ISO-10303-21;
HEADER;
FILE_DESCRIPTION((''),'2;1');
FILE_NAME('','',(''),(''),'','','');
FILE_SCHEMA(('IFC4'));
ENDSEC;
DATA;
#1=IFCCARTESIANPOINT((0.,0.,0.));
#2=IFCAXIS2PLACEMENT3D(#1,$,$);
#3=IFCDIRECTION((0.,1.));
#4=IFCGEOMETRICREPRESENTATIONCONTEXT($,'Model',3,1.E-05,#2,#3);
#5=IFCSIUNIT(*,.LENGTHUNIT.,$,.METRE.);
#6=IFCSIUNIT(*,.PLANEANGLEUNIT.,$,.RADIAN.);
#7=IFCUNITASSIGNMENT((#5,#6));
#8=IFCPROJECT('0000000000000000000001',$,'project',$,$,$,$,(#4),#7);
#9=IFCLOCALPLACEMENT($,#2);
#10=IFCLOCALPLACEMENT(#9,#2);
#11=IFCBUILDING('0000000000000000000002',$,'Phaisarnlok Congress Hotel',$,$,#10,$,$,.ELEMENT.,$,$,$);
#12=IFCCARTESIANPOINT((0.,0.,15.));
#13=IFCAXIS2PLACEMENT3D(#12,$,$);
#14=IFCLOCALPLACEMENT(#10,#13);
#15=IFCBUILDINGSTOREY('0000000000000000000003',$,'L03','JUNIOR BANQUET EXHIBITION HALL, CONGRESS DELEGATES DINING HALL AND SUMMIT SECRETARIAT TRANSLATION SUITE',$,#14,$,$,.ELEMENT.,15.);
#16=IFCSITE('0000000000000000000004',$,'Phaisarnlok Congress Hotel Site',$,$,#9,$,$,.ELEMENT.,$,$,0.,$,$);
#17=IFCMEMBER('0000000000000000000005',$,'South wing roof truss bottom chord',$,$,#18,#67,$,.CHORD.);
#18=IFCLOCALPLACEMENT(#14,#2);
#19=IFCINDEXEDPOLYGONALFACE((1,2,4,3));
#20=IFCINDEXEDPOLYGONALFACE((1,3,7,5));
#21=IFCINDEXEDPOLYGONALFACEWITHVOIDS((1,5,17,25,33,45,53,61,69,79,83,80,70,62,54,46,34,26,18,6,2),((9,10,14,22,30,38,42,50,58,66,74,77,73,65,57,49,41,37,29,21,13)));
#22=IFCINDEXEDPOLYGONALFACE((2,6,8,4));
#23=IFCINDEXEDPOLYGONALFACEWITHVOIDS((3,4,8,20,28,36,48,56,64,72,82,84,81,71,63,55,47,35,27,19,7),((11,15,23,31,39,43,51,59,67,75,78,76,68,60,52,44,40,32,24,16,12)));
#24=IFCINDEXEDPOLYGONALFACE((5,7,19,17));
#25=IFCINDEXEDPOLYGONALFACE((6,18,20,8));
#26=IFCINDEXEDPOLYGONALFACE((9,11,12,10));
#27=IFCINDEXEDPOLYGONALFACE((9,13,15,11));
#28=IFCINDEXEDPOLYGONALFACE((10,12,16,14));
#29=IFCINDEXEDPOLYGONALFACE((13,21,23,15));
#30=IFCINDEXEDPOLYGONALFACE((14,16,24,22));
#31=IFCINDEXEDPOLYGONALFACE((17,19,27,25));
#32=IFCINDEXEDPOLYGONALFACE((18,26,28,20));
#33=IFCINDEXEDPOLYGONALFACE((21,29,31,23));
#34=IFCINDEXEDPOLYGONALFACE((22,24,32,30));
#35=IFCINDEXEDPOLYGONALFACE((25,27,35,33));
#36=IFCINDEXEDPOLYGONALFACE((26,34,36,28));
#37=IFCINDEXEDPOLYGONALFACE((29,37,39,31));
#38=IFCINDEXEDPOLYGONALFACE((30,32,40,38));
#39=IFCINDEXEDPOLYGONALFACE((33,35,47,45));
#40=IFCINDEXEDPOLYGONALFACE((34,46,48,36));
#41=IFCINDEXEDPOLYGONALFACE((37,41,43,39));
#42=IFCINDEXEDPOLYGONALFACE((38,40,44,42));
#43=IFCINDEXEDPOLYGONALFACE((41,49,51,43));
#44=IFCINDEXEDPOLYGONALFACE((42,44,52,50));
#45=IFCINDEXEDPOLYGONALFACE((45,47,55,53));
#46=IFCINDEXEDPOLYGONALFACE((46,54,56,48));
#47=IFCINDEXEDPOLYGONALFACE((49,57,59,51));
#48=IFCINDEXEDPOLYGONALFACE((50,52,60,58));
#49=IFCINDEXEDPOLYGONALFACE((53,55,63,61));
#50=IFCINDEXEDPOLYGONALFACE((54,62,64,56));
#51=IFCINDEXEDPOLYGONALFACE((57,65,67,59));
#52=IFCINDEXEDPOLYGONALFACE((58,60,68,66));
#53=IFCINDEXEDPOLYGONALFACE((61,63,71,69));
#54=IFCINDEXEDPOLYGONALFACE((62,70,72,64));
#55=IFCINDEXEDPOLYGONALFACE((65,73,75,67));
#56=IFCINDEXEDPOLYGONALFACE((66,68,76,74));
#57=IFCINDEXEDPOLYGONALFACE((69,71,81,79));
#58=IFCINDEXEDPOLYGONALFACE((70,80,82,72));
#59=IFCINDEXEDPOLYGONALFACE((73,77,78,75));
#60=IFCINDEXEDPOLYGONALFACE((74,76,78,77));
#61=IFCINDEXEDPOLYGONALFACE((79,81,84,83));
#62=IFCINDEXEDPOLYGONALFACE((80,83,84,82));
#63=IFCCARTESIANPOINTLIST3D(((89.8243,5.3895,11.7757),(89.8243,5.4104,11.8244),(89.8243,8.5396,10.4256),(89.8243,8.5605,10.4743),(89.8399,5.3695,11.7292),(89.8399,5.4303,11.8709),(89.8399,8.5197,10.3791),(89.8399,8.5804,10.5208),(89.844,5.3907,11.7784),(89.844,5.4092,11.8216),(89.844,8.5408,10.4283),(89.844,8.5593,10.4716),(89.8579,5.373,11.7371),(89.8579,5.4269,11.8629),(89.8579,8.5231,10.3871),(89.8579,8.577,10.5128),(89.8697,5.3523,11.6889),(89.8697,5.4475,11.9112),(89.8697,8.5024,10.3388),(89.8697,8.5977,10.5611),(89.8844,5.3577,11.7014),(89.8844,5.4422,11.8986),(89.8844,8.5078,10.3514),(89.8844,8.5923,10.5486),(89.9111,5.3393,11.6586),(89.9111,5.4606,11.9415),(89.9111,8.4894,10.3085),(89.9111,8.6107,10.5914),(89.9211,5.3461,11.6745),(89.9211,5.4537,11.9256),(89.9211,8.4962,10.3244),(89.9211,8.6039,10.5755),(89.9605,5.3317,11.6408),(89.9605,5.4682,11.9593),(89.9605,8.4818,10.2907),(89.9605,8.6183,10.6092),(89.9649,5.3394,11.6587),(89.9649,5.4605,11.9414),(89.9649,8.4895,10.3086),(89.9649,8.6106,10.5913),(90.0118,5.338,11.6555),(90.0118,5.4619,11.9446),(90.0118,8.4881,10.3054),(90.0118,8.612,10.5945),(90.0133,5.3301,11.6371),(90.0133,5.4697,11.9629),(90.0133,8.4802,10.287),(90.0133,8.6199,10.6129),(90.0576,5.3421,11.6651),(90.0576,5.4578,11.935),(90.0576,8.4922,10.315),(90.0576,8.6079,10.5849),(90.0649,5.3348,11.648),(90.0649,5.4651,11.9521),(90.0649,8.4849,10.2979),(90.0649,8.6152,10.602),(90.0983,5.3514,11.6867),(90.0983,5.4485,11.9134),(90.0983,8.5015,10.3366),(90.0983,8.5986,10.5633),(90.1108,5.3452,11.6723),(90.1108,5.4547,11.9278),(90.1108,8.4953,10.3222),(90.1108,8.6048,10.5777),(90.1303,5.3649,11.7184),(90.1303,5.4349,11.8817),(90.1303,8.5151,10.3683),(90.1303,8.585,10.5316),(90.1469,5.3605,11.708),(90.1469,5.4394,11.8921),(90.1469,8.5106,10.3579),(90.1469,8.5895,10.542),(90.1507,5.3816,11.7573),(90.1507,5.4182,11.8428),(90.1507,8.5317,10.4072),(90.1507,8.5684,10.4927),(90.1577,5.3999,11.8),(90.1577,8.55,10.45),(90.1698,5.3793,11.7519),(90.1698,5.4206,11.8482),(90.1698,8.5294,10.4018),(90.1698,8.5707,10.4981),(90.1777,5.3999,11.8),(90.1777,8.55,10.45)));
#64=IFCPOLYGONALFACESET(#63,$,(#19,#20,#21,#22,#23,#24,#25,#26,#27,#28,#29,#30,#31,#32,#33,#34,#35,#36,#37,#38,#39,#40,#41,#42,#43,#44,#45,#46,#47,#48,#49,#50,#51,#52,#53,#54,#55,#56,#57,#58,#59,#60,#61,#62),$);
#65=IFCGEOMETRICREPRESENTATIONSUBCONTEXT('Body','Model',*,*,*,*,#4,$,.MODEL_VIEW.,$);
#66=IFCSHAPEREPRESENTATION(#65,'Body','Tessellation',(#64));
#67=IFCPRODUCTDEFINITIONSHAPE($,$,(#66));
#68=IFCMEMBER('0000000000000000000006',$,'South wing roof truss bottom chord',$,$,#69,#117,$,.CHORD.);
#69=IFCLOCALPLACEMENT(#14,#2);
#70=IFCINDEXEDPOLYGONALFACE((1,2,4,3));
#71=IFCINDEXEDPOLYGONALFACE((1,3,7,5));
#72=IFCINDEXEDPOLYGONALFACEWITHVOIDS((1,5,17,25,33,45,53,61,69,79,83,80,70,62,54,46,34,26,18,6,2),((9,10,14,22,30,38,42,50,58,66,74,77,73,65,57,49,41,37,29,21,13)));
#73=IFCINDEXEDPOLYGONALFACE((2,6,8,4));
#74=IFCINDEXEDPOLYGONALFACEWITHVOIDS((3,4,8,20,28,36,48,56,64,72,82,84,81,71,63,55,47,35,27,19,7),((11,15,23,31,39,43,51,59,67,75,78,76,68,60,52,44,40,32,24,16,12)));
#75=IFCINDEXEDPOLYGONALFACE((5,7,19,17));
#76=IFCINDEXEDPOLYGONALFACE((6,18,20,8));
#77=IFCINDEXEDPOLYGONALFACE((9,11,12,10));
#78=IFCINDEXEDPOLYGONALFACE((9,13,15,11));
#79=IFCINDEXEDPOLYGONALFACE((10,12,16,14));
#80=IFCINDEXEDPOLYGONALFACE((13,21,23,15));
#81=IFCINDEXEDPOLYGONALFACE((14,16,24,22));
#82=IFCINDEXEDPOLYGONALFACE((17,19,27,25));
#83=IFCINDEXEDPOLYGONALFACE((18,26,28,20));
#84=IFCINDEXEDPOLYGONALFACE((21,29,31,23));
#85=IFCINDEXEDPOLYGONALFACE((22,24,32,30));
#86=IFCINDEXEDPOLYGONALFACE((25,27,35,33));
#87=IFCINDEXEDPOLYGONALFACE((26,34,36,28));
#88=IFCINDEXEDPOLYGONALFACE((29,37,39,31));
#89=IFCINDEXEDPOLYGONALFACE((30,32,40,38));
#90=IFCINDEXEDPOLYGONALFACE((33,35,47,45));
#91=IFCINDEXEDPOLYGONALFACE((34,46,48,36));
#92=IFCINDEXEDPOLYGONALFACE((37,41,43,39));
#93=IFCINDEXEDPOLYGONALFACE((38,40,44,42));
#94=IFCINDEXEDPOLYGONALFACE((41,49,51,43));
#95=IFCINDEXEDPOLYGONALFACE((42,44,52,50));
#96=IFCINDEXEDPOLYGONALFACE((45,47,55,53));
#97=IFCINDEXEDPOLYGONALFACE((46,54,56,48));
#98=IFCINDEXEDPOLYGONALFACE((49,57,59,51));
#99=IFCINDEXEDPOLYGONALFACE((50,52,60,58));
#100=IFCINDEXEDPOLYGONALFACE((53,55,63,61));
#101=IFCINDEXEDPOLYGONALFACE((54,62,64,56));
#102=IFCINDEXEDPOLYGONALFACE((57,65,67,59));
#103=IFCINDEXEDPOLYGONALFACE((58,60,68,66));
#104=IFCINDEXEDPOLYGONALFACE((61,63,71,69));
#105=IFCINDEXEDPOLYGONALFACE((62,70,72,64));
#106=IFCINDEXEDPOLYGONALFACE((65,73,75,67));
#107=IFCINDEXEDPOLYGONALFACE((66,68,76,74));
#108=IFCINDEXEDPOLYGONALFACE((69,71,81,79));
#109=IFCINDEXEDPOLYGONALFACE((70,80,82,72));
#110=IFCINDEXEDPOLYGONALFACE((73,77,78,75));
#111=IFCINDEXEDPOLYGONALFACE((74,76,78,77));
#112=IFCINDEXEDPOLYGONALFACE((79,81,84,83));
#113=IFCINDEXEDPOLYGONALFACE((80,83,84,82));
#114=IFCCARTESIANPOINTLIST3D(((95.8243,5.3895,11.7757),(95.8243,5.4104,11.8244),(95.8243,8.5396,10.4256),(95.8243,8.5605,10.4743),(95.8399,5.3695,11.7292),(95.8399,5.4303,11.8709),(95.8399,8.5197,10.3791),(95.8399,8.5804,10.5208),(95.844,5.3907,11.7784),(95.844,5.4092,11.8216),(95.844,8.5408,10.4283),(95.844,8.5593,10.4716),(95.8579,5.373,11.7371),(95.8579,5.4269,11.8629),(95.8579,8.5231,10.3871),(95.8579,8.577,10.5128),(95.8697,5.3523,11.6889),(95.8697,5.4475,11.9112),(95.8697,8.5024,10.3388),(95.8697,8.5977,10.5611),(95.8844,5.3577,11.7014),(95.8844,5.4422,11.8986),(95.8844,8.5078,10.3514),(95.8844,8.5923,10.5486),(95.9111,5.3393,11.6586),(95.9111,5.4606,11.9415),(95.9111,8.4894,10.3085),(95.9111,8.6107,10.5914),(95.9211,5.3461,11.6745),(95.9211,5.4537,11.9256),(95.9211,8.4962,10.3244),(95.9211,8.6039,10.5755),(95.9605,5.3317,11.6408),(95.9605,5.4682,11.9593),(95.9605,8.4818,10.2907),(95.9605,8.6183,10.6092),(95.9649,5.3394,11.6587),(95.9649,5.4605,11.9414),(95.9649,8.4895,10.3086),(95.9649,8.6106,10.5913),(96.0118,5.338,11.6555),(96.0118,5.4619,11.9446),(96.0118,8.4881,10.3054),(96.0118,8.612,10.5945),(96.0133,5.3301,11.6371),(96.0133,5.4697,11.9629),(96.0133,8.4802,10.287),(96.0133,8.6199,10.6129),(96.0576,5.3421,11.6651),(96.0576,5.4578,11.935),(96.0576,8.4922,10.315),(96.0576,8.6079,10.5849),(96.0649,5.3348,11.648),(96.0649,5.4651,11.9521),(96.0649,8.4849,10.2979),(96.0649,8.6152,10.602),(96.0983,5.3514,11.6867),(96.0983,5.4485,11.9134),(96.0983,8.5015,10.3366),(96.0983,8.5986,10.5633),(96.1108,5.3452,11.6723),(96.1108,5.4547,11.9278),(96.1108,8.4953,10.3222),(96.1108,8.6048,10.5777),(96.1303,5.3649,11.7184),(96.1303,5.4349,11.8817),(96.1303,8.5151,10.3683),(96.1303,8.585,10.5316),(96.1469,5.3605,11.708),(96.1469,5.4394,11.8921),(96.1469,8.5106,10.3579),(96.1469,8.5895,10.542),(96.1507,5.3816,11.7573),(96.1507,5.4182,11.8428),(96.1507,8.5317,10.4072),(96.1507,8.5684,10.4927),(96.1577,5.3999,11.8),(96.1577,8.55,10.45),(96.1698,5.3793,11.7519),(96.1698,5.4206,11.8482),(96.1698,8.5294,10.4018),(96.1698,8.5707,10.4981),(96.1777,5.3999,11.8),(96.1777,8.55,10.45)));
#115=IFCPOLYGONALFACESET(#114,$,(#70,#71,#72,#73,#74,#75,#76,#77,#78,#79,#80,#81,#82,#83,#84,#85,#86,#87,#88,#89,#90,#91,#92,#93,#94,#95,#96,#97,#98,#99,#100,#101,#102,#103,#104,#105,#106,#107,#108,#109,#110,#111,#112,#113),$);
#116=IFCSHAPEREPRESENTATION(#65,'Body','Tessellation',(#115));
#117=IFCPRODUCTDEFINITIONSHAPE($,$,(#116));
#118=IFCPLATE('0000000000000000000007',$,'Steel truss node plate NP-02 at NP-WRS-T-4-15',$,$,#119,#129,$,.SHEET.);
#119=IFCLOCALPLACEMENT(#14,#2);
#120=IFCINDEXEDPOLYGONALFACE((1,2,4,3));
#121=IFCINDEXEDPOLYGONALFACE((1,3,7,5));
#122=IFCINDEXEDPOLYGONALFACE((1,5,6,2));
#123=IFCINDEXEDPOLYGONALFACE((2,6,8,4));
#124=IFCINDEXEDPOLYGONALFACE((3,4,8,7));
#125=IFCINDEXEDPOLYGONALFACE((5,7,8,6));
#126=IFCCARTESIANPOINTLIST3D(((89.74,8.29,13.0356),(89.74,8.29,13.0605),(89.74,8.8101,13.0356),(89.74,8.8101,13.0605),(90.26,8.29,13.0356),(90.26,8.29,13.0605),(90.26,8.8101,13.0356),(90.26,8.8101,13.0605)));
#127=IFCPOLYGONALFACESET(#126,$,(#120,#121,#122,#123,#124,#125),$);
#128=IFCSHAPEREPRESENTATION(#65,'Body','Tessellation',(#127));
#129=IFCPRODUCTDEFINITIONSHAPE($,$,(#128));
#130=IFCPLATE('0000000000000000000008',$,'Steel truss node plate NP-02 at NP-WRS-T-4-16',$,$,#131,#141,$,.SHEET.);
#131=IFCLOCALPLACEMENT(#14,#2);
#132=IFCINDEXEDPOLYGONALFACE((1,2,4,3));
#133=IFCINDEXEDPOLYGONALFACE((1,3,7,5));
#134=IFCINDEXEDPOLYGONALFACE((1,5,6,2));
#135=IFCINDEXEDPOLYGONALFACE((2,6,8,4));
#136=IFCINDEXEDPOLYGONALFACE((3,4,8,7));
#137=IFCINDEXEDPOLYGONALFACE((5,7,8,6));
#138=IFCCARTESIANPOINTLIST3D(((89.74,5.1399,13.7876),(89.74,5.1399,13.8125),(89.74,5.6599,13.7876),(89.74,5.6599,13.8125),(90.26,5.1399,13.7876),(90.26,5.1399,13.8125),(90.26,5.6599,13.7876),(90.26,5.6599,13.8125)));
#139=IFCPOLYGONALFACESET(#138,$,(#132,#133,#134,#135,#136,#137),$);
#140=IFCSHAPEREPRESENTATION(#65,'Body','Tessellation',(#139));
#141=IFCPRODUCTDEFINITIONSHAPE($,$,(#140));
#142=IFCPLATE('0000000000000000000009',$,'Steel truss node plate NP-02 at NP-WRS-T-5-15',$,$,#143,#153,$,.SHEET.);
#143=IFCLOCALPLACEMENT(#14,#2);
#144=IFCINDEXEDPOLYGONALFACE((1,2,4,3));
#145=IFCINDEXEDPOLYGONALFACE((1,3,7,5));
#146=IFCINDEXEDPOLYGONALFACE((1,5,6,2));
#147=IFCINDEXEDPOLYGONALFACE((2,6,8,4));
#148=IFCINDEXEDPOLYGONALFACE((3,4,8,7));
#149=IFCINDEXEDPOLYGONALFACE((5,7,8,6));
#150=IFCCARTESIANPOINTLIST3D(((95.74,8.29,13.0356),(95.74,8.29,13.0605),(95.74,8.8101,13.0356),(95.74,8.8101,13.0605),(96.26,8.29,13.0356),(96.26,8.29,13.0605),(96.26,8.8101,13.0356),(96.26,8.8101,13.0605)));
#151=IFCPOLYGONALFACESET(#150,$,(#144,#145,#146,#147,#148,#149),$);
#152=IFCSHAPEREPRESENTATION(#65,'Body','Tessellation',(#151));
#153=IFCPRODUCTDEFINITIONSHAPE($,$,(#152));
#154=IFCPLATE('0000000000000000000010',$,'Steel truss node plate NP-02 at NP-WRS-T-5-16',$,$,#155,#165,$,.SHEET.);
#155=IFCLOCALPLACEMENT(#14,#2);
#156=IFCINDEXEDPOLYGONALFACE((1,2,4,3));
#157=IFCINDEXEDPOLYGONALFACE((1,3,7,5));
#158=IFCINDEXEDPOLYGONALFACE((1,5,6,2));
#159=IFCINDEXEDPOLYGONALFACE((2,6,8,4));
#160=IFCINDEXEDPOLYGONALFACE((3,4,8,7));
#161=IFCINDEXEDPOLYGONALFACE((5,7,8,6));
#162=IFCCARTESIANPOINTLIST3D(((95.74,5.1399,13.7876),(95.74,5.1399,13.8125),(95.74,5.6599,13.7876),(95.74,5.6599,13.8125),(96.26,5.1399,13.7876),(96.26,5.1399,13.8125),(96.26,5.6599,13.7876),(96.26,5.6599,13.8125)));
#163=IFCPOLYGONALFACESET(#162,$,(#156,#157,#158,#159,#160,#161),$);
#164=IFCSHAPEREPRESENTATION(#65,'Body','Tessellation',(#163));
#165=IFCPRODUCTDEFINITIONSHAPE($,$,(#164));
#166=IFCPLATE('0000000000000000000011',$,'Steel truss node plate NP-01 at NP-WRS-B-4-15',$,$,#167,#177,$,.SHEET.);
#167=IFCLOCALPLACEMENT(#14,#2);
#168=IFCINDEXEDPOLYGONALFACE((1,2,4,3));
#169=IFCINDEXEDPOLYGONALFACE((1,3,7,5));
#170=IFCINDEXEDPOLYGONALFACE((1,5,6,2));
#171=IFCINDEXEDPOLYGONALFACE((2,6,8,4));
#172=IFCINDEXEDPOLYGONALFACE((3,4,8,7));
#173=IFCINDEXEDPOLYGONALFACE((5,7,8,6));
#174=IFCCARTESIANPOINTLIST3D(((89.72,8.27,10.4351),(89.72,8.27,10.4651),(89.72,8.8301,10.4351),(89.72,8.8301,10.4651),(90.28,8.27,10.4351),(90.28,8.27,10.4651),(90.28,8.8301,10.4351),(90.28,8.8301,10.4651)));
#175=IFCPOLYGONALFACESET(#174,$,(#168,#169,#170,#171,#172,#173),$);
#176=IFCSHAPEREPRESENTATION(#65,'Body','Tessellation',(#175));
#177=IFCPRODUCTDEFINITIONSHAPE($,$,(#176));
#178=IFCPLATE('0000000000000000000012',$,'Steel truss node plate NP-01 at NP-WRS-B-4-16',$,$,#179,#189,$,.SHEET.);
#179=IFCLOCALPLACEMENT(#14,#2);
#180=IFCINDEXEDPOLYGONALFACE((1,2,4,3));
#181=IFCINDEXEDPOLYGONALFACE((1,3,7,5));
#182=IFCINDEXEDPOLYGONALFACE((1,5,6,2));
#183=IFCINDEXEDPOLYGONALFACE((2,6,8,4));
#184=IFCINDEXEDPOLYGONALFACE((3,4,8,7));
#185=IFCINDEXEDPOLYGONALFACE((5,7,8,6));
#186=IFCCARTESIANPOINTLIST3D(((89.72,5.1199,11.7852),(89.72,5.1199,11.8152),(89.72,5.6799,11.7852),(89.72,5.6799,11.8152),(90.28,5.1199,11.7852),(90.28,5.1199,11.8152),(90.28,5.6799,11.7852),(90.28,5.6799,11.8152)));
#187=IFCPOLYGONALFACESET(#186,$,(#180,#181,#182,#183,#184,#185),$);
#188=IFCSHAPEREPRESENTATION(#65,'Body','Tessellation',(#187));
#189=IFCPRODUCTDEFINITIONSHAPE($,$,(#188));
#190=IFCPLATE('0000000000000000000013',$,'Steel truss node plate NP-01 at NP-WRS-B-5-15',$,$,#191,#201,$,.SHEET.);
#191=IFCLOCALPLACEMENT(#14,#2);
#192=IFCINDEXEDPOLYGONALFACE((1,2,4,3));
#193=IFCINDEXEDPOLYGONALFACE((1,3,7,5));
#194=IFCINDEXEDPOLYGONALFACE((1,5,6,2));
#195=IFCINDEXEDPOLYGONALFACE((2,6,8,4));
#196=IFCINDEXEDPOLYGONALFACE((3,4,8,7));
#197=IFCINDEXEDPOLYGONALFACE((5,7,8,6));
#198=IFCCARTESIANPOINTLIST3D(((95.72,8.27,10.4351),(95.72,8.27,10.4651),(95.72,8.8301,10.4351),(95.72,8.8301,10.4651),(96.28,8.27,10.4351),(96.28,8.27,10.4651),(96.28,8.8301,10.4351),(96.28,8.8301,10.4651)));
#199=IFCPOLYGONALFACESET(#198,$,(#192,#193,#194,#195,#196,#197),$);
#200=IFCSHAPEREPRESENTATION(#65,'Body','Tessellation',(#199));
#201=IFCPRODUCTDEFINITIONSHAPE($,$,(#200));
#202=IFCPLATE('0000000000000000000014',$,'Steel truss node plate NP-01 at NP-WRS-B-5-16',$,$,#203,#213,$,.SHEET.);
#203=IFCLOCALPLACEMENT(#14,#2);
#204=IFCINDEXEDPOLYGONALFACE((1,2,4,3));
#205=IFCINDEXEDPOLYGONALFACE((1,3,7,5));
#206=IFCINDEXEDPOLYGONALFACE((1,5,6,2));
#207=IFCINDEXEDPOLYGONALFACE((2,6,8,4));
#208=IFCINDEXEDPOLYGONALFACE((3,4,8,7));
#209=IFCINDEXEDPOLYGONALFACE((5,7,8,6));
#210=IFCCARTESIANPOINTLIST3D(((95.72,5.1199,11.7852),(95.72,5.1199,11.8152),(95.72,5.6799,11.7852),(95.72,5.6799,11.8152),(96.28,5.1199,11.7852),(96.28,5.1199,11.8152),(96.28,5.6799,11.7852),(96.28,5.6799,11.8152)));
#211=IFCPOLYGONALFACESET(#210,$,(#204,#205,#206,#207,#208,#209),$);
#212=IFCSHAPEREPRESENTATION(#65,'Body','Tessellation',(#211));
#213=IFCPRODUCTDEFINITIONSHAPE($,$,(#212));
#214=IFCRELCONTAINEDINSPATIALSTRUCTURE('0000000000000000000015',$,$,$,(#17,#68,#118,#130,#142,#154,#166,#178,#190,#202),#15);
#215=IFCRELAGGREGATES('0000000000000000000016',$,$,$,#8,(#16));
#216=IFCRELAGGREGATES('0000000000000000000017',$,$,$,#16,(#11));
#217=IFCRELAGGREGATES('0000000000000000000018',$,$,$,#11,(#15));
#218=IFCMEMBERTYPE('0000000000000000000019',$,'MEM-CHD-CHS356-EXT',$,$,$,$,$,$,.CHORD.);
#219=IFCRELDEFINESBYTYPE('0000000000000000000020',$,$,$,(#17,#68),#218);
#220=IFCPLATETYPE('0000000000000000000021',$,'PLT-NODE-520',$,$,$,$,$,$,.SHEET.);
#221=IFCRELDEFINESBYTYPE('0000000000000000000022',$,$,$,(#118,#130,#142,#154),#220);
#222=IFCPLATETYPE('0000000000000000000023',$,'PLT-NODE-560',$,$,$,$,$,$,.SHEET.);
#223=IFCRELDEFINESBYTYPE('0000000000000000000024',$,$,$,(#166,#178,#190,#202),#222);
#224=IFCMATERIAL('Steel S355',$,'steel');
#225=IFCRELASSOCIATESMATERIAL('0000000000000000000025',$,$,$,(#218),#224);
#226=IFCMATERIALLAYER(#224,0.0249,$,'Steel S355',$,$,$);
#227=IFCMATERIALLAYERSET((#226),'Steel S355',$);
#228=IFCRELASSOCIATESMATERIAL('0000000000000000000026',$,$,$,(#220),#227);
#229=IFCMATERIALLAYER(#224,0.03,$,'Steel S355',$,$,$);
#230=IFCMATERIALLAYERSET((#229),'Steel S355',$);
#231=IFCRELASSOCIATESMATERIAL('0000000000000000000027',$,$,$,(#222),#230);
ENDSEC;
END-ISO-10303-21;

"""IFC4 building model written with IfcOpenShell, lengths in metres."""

from ifc_helpers import new_model, si_unit, direction, frame, origin, origin_2d, place, context, subcontext, project, spatial, rectangle, hollow_circle, extrude, material, layer, layer_set, material_profile, profile_set, type_object, element, save


model = new_model("IFC4")

# Units and contexts
model_context = context("Model", 3, precision=1e-05, world=origin(), true_north=direction((0.0, 1.0)))
body_context = subcontext(model_context, "Body", "Model", "MODEL_VIEW")
ifc_project = project(units=[si_unit("LENGTHUNIT", "METRE"), si_unit("PLANEANGLEUNIT", "RADIAN")], contexts=[model_context])

# Site, building, storey
site_placement = place(None, origin())
site = spatial("IfcSite", under=ifc_project, at=site_placement, Name="Phaisarnlok Congress Hotel Site", CompositionType="ELEMENT", RefElevation=0.0)
building_placement = place(site_placement, origin())
building = spatial("IfcBuilding", under=site, at=building_placement, Name="Phaisarnlok Congress Hotel", CompositionType="ELEMENT")
storey_placement = place(building_placement, frame((0.0, 0.0, 15.0)))
storey = spatial("IfcBuildingStorey", under=building, at=storey_placement, Name="L03", Description="JUNIOR BANQUET EXHIBITION HALL, CONGRESS DELEGATES DINING HALL AND SUMMIT SECRETARIAT TRANSLATION SUITE", CompositionType="ELEMENT", Elevation=15.0)

# Shared definitions
ifc_material = material(Name="Steel S355", Category="steel")

# Members
ifc_material_profile_1 = material_profile(ifc_material, hollow_circle(Radius=0.1777, WallThickness=0.02, at=origin_2d()), Name="CHS 355.6x20")
ifc_profile_set_1 = profile_set([ifc_material_profile_1], Name="Steel S355")
member_type_1 = type_object("IfcMemberType", Name="MEM-CHD-CHS356-EXT", PredefinedType="CHORD", material=ifc_profile_set_1)
for number, where, z_axis, x_axis, name in (
    (1, (90.0, 8.55, 10.45), (0.0, -0.919141, 0.393928), (1.0, 0.0, 0.0), "South wing roof truss bottom chord"),
    (2, (96.0, 8.55, 10.45), (0.0, -0.919141, 0.393928), (1.0, 0.0, 0.0), "South wing roof truss bottom chord"),
):
    element("IfcMember", number, at=place(storey_placement, frame(where, z_axis=z_axis, x_axis=x_axis)), inside=storey, type_object=member_type_1, Name=name, PredefinedType="CHORD", context=body_context, shape_type="SweptSolid", body=[
        extrude(hollow_circle(Radius=0.1777, WallThickness=0.02, at=origin_2d()), origin(), (0.0, 0.0, 1.0), 3.4272),
    ])

# Plates
ifc_layer_1 = layer(ifc_material, 0.0249, Name="Steel S355")
ifc_layer_set_1 = layer_set([ifc_layer_1], Name="Steel S355")
plate_type_1 = type_object("IfcPlateType", Name="PLT-NODE-520", PredefinedType="SHEET", material=ifc_layer_set_1)
for number, where, z_axis, x_axis, name in (
    (3, (90.0, 8.55, 13.0356), (0.0, 0.0, 1.0), (1.0, 0.0, 0.0), "Steel truss node plate NP-02 at NP-WRS-T-4-15"),
    (4, (90.0, 5.3999, 13.7876), (0.0, 0.0, 1.0), (1.0, 0.0, 0.0), "Steel truss node plate NP-02 at NP-WRS-T-4-16"),
    (5, (96.0, 8.55, 13.0356), (0.0, 0.0, 1.0), (1.0, 0.0, 0.0), "Steel truss node plate NP-02 at NP-WRS-T-5-15"),
    (6, (96.0, 5.3999, 13.7876), (0.0, 0.0, 1.0), (1.0, 0.0, 0.0), "Steel truss node plate NP-02 at NP-WRS-T-5-16"),
):
    element("IfcPlate", number, at=place(storey_placement, frame(where, z_axis=z_axis, x_axis=x_axis)), inside=storey, type_object=plate_type_1, Name=name, PredefinedType="SHEET", context=body_context, shape_type="SweptSolid", body=[
        extrude(rectangle(XDim=0.52, YDim=0.52, at=origin_2d()), origin(), (0.0, 0.0, 1.0), 0.0249),
    ])
ifc_layer_2 = layer(ifc_material, 0.03, Name="Steel S355")
ifc_layer_set_2 = layer_set([ifc_layer_2], Name="Steel S355")
plate_type_2 = type_object("IfcPlateType", Name="PLT-NODE-560", PredefinedType="SHEET", material=ifc_layer_set_2)
for number, where, z_axis, x_axis, name in (
    (7, (90.0, 8.55, 10.4351), (0.0, 0.0, 1.0), (1.0, 0.0, 0.0), "Steel truss node plate NP-01 at NP-WRS-B-4-15"),
    (8, (90.0, 5.3999, 11.7852), (0.0, 0.0, 1.0), (1.0, 0.0, 0.0), "Steel truss node plate NP-01 at NP-WRS-B-4-16"),
    (9, (96.0, 8.55, 10.4351), (0.0, 0.0, 1.0), (1.0, 0.0, 0.0), "Steel truss node plate NP-01 at NP-WRS-B-5-15"),
    (10, (96.0, 5.3999, 11.7852), (0.0, 0.0, 1.0), (1.0, 0.0, 0.0), "Steel truss node plate NP-01 at NP-WRS-B-5-16"),
):
    element("IfcPlate", number, at=place(storey_placement, frame(where, z_axis=z_axis, x_axis=x_axis)), inside=storey, type_object=plate_type_2, Name=name, PredefinedType="SHEET", context=body_context, shape_type="SweptSolid", body=[
        extrude(rectangle(XDim=0.5601, YDim=0.5601, at=origin_2d()), origin(), (0.0, 0.0, 1.0), 0.03),
    ])

save(model, "model.ifc")
